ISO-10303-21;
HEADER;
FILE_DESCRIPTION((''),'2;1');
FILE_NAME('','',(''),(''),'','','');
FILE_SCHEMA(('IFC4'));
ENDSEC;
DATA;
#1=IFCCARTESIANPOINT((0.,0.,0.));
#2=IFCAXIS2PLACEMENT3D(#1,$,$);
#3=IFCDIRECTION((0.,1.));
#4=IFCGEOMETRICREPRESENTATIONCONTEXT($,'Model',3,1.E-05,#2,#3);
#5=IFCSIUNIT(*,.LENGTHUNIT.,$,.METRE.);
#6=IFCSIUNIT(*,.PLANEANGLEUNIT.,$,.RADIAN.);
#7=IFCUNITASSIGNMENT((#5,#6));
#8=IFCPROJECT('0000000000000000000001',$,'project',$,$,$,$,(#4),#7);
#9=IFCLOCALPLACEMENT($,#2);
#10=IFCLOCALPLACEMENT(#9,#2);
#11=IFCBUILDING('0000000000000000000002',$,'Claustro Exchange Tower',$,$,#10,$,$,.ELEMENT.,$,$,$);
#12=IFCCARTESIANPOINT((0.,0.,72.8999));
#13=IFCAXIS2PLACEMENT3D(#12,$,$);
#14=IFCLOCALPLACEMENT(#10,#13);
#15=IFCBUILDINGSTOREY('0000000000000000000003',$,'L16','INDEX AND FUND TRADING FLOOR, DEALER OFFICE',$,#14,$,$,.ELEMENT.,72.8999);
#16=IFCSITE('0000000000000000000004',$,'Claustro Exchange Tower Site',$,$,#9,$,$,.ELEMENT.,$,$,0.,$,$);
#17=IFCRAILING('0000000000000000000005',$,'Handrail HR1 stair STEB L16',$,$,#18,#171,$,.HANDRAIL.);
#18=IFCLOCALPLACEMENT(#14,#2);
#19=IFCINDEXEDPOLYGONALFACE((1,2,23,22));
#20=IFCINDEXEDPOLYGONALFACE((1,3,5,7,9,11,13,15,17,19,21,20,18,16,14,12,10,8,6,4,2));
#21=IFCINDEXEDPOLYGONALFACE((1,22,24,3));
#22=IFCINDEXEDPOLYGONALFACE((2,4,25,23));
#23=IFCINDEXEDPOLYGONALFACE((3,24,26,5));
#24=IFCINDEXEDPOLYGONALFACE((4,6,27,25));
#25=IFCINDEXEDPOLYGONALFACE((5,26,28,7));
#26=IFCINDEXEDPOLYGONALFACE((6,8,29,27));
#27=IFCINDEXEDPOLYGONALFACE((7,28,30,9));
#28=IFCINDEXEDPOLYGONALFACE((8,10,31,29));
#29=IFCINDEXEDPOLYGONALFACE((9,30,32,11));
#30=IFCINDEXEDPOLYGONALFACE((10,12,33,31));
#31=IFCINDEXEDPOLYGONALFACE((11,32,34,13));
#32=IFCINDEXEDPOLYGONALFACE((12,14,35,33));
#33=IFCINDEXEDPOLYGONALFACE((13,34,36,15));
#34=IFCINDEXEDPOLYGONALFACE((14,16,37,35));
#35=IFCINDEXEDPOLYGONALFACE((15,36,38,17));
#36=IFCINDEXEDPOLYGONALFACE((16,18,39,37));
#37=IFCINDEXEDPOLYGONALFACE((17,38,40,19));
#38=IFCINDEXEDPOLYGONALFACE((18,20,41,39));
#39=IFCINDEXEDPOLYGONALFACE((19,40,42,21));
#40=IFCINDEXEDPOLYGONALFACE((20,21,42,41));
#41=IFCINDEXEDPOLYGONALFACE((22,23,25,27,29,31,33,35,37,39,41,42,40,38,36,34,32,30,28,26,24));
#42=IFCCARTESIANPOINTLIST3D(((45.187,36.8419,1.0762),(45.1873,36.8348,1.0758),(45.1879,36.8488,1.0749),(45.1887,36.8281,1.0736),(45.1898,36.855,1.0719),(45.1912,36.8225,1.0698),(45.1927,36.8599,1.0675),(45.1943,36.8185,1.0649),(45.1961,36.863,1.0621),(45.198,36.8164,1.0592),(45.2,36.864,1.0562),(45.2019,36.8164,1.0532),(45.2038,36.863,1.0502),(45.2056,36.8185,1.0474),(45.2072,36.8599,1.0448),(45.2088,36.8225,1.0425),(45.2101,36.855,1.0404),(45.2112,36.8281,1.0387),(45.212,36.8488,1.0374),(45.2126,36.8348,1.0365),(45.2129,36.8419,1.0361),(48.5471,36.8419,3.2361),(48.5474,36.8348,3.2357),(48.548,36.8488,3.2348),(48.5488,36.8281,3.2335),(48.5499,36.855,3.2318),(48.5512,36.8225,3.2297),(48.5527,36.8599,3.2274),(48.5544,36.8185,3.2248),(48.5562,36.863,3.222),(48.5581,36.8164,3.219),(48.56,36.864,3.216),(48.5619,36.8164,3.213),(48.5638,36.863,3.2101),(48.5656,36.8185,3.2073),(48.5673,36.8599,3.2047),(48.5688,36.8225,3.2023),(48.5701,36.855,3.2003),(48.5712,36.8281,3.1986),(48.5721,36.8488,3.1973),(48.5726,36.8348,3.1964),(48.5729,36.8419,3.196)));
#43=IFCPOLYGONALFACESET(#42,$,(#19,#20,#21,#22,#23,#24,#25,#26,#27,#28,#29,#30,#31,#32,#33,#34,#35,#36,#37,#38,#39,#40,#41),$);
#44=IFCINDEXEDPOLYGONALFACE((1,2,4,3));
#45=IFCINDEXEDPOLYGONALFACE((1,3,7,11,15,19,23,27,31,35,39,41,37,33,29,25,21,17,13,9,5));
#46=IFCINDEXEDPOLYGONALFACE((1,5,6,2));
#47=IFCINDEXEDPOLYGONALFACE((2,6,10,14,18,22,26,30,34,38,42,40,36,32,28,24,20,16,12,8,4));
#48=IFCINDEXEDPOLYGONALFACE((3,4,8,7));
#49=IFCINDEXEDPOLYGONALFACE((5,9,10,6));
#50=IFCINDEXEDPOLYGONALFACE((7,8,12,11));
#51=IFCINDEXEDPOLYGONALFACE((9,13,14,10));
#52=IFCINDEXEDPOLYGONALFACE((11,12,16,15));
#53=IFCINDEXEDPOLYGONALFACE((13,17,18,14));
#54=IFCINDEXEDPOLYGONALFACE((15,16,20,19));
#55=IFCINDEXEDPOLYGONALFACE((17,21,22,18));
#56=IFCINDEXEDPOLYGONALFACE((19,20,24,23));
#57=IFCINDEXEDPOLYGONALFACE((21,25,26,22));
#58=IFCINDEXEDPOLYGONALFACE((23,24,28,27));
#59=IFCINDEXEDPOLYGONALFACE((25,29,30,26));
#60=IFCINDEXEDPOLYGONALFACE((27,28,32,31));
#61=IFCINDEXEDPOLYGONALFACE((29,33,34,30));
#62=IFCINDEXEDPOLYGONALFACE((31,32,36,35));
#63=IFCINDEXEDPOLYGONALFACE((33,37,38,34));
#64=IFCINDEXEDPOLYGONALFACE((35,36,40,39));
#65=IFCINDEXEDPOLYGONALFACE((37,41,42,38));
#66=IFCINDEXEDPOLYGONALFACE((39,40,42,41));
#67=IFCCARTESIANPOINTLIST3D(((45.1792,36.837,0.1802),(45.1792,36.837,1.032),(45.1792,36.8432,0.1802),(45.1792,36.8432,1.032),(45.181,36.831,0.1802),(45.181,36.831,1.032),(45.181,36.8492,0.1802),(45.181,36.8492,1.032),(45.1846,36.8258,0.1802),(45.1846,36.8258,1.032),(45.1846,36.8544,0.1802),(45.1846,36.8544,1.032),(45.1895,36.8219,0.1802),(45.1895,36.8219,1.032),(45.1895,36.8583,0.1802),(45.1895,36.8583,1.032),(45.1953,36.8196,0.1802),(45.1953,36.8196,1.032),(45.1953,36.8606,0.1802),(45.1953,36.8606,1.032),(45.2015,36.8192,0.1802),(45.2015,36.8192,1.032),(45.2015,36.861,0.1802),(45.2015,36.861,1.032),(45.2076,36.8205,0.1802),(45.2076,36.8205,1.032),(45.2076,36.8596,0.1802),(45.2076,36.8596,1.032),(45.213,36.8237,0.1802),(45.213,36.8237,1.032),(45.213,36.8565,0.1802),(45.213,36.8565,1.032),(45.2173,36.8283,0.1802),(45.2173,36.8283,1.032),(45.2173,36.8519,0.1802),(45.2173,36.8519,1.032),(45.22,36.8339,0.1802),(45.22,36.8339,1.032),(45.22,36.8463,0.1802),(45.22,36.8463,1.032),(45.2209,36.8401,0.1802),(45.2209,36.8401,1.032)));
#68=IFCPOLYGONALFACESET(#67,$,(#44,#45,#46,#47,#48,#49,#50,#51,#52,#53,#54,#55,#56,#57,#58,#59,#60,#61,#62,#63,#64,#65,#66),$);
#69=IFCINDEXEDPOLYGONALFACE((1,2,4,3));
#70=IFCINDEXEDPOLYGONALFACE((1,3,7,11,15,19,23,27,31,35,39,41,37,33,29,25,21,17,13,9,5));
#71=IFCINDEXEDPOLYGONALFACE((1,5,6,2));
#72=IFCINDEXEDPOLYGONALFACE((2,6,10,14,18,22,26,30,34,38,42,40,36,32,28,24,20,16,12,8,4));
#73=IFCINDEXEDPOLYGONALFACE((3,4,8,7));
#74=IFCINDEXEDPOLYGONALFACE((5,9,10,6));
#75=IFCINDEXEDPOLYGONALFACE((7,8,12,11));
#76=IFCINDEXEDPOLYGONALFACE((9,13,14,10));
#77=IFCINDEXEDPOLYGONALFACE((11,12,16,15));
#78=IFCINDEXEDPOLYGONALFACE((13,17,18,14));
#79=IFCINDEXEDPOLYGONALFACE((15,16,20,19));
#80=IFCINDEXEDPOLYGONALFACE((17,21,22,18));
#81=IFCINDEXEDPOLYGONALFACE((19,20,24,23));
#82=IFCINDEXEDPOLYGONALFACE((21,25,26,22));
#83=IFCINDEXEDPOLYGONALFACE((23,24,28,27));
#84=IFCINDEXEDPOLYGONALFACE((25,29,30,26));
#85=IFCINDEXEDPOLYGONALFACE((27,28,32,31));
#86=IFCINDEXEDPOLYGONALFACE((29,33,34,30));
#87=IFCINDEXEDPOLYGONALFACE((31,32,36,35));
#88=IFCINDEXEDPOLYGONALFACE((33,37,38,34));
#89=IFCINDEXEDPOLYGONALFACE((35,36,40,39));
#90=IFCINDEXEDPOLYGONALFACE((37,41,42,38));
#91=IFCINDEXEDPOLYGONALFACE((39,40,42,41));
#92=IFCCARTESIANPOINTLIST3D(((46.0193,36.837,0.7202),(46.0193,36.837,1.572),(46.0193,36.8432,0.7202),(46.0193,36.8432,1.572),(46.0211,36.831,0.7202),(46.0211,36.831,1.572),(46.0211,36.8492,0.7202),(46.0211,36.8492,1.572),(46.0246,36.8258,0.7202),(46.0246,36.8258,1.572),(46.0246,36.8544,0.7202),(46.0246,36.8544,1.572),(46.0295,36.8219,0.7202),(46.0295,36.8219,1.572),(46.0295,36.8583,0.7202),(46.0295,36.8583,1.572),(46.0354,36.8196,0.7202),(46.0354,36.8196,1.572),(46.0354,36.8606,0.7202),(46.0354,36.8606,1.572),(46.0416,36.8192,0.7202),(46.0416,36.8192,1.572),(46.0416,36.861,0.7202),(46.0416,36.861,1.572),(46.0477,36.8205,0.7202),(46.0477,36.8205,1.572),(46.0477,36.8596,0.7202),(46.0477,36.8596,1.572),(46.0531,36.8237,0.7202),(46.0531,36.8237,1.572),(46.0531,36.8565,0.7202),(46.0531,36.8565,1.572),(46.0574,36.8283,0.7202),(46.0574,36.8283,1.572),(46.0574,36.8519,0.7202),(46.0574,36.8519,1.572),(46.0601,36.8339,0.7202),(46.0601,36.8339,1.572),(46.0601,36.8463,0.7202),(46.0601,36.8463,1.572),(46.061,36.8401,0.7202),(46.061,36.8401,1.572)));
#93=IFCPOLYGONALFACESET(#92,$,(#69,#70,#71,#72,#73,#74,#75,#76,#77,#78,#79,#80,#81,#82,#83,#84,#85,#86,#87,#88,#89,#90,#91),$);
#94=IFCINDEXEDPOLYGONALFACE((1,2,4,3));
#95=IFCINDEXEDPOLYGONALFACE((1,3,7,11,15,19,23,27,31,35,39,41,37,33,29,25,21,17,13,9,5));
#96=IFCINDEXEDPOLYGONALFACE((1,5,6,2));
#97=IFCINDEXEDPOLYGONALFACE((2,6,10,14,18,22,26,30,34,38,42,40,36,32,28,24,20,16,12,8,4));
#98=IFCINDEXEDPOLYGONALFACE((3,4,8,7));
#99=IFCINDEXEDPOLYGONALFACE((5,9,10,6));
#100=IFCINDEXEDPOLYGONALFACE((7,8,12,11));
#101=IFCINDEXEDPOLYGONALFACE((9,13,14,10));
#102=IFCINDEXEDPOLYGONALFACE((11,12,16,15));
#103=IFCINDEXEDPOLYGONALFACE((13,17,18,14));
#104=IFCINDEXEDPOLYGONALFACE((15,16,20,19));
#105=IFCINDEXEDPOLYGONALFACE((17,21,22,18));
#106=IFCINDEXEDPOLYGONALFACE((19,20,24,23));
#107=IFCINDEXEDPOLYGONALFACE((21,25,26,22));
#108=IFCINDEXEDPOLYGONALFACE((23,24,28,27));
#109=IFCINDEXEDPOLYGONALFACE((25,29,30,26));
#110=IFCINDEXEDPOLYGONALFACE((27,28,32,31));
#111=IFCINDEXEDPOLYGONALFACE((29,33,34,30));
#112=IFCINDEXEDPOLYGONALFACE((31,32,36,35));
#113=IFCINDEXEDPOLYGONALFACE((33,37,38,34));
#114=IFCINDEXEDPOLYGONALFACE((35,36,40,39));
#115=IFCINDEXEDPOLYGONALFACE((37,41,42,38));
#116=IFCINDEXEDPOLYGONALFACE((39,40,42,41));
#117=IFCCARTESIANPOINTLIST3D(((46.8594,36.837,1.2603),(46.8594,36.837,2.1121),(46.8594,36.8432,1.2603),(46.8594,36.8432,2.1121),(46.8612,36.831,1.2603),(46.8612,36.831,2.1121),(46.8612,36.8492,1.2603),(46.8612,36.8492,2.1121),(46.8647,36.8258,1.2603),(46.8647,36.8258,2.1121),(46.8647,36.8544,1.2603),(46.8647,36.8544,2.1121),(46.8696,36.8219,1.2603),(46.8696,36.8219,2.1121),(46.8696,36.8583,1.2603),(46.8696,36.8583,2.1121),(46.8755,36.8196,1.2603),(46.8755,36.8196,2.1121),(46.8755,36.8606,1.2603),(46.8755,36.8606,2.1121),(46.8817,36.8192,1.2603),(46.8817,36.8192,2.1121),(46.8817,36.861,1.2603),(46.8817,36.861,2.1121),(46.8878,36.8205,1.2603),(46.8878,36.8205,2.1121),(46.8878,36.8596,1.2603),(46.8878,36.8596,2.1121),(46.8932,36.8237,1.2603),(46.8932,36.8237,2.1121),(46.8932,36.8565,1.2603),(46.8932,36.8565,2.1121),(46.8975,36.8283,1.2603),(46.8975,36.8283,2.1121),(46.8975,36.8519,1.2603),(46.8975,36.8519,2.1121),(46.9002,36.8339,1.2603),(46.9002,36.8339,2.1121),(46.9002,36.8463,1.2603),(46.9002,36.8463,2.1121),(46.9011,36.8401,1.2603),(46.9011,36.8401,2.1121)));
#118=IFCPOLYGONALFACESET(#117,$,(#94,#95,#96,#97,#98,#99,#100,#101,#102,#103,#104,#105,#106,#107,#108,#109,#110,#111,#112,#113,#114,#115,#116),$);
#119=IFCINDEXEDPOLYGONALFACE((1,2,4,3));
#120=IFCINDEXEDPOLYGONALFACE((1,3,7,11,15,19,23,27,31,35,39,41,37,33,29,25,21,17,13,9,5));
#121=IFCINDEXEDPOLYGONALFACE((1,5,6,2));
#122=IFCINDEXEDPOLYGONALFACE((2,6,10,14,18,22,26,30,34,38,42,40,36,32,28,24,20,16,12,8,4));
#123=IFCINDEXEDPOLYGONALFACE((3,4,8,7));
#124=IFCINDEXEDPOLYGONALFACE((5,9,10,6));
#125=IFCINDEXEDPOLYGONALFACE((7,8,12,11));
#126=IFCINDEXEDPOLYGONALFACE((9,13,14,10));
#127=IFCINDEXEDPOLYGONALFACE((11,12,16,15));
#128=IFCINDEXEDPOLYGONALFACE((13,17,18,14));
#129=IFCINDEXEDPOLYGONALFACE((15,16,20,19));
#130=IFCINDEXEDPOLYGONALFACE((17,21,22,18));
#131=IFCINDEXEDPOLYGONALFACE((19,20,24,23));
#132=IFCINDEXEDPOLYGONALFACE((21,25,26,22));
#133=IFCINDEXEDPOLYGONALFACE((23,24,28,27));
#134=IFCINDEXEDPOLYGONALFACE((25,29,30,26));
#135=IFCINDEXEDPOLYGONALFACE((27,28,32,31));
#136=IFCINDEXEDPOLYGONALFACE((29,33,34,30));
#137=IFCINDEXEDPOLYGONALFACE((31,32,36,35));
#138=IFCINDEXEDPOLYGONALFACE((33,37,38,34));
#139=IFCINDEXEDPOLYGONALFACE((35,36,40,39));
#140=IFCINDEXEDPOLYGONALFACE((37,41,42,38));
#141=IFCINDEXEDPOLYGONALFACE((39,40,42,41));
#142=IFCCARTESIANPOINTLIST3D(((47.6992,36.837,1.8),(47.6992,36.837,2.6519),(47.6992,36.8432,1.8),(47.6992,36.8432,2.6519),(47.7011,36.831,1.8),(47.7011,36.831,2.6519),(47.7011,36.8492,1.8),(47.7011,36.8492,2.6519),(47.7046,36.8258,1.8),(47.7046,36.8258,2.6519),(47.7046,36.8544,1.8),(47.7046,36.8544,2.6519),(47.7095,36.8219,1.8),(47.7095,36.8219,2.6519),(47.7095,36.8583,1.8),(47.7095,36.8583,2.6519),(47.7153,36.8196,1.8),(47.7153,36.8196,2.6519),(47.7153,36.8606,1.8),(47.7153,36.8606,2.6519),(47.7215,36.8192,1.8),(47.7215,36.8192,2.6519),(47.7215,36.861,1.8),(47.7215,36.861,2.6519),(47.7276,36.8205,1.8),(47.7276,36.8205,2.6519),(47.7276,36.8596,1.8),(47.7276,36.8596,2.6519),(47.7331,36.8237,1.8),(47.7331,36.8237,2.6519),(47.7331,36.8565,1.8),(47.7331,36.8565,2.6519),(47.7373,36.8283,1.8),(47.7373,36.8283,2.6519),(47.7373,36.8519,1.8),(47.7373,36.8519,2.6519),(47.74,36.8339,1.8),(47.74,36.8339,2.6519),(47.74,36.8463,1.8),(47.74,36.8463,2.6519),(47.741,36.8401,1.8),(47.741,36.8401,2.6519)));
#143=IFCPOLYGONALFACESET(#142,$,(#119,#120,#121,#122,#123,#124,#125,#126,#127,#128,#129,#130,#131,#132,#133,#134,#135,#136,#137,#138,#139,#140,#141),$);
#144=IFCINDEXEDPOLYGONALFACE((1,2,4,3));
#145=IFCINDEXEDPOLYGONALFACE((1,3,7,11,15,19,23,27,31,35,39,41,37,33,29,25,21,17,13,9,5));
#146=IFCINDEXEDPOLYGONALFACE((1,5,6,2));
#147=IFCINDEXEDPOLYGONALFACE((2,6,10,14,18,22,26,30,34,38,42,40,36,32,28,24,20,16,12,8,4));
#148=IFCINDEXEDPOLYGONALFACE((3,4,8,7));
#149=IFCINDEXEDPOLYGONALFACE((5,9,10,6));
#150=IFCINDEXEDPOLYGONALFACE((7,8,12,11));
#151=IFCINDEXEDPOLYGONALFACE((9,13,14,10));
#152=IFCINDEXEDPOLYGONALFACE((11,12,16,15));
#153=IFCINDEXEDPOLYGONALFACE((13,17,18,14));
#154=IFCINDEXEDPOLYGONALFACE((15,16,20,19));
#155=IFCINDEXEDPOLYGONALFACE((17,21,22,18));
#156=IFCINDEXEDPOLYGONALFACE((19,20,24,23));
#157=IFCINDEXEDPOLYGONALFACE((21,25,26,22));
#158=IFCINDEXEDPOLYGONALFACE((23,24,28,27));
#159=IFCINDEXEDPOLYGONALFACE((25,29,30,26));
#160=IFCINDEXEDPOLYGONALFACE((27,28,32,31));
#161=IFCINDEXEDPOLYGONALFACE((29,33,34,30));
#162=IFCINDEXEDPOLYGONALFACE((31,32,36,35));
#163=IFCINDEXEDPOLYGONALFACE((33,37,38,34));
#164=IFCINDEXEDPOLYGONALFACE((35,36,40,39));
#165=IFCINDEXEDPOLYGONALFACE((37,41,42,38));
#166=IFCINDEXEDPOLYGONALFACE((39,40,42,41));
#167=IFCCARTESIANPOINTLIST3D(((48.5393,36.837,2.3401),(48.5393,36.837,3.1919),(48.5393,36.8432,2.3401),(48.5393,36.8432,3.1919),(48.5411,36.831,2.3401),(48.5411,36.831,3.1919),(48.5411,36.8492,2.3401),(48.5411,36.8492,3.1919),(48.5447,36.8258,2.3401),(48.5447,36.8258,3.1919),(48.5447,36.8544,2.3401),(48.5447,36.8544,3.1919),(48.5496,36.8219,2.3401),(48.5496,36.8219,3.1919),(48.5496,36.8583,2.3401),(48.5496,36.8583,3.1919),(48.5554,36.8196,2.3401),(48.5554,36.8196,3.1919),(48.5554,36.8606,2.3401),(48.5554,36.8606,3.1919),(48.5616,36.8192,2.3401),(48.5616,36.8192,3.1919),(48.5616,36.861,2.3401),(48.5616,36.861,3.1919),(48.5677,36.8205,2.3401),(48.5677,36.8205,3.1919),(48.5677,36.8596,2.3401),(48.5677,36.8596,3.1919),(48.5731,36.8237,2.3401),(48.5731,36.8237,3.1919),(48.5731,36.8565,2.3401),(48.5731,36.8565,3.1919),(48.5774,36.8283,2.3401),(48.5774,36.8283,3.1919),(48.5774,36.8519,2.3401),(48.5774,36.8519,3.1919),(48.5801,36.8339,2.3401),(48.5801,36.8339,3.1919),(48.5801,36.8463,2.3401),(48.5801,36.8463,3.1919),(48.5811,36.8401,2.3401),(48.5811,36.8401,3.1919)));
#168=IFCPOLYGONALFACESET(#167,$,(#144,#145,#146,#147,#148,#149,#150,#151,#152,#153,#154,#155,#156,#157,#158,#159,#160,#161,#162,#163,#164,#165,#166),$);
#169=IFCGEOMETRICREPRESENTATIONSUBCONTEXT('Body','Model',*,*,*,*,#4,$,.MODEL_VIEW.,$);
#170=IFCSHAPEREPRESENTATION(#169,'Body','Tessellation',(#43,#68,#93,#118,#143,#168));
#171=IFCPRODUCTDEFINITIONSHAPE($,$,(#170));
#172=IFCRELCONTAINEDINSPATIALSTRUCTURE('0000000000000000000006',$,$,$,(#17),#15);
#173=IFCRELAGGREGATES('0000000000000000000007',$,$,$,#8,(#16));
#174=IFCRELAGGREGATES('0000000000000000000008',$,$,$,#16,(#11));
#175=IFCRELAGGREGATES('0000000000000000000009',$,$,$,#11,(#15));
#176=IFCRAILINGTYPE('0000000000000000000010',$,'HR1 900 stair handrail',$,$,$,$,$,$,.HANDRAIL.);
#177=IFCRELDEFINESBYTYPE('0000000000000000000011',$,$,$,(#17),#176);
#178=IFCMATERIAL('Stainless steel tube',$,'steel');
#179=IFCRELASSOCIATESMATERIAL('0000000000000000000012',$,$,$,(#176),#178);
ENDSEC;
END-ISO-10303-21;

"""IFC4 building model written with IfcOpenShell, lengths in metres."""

from ifc_helpers import new_model, si_unit, direction, frame, origin, origin_2d, place, context, subcontext, project, spatial, circle, extrude, material, type_object, element, save


model = new_model("IFC4")

# Units and contexts
model_context = context("Model", 3, precision=1e-05, world=origin(), true_north=direction((0.0, 1.0)))
body_context = subcontext(model_context, "Body", "Model", "MODEL_VIEW")
ifc_project = project(units=[si_unit("LENGTHUNIT", "METRE"), si_unit("PLANEANGLEUNIT", "RADIAN")], contexts=[model_context])

# Site, building, storey
site_placement = place(None, origin())
site = spatial("IfcSite", under=ifc_project, at=site_placement, Name="Claustro Exchange Tower Site", CompositionType="ELEMENT", RefElevation=0.0)
building_placement = place(site_placement, origin())
building = spatial("IfcBuilding", under=site, at=building_placement, Name="Claustro Exchange Tower", CompositionType="ELEMENT")
storey_placement = place(building_placement, frame((0.0, 0.0, 72.8999)))
storey = spatial("IfcBuildingStorey", under=building, at=storey_placement, Name="L16", Description="INDEX AND FUND TRADING FLOOR, DEALER OFFICE", CompositionType="ELEMENT", Elevation=72.8999)

# Railing
ifc_material_1 = material(Name="Stainless steel tube", Category="steel")
railing_type_1 = type_object("IfcRailingType", Name="HR1 900 stair handrail", PredefinedType="HANDRAIL", material=ifc_material_1)
railing_1_placement = place(storey_placement, frame((45.2, 36.8401, 0.1802)))
element("IfcRailing", 1, at=railing_1_placement, inside=storey, type_object=railing_type_1, Name="Handrail HR1 stair STEB L16", PredefinedType="HANDRAIL", context=body_context, shape_type="SweptSolid", body=[
    extrude(circle(Radius=0.0239, at=origin_2d()), frame((0.0, 0.0, 0.876), z_axis=(0.841196, 0.0, 0.54073), x_axis=(0.0, 1.0, 0.0)), (0.0, 0.0, 1.0), 3.9944),
    extrude(circle(Radius=0.021, at=origin_2d()), origin(), (0.0, 0.0, 1.0), 0.8518),
    extrude(circle(Radius=0.021, at=origin_2d()), frame((0.8401, 0.0, 0.54)), (0.0, 0.0, 1.0), 0.8518),
    extrude(circle(Radius=0.021, at=origin_2d()), frame((1.6802, 0.0, 1.0801)), (0.0, 0.0, 1.0), 0.8518),
    extrude(circle(Radius=0.021, at=origin_2d()), frame((2.52, 0.0, 1.6199)), (0.0, 0.0, 1.0), 0.8518),
    extrude(circle(Radius=0.021, at=origin_2d()), frame((3.3601, 0.0, 2.1599)), (0.0, 0.0, 1.0), 0.8518),
])

save(model, "model.ifc")
